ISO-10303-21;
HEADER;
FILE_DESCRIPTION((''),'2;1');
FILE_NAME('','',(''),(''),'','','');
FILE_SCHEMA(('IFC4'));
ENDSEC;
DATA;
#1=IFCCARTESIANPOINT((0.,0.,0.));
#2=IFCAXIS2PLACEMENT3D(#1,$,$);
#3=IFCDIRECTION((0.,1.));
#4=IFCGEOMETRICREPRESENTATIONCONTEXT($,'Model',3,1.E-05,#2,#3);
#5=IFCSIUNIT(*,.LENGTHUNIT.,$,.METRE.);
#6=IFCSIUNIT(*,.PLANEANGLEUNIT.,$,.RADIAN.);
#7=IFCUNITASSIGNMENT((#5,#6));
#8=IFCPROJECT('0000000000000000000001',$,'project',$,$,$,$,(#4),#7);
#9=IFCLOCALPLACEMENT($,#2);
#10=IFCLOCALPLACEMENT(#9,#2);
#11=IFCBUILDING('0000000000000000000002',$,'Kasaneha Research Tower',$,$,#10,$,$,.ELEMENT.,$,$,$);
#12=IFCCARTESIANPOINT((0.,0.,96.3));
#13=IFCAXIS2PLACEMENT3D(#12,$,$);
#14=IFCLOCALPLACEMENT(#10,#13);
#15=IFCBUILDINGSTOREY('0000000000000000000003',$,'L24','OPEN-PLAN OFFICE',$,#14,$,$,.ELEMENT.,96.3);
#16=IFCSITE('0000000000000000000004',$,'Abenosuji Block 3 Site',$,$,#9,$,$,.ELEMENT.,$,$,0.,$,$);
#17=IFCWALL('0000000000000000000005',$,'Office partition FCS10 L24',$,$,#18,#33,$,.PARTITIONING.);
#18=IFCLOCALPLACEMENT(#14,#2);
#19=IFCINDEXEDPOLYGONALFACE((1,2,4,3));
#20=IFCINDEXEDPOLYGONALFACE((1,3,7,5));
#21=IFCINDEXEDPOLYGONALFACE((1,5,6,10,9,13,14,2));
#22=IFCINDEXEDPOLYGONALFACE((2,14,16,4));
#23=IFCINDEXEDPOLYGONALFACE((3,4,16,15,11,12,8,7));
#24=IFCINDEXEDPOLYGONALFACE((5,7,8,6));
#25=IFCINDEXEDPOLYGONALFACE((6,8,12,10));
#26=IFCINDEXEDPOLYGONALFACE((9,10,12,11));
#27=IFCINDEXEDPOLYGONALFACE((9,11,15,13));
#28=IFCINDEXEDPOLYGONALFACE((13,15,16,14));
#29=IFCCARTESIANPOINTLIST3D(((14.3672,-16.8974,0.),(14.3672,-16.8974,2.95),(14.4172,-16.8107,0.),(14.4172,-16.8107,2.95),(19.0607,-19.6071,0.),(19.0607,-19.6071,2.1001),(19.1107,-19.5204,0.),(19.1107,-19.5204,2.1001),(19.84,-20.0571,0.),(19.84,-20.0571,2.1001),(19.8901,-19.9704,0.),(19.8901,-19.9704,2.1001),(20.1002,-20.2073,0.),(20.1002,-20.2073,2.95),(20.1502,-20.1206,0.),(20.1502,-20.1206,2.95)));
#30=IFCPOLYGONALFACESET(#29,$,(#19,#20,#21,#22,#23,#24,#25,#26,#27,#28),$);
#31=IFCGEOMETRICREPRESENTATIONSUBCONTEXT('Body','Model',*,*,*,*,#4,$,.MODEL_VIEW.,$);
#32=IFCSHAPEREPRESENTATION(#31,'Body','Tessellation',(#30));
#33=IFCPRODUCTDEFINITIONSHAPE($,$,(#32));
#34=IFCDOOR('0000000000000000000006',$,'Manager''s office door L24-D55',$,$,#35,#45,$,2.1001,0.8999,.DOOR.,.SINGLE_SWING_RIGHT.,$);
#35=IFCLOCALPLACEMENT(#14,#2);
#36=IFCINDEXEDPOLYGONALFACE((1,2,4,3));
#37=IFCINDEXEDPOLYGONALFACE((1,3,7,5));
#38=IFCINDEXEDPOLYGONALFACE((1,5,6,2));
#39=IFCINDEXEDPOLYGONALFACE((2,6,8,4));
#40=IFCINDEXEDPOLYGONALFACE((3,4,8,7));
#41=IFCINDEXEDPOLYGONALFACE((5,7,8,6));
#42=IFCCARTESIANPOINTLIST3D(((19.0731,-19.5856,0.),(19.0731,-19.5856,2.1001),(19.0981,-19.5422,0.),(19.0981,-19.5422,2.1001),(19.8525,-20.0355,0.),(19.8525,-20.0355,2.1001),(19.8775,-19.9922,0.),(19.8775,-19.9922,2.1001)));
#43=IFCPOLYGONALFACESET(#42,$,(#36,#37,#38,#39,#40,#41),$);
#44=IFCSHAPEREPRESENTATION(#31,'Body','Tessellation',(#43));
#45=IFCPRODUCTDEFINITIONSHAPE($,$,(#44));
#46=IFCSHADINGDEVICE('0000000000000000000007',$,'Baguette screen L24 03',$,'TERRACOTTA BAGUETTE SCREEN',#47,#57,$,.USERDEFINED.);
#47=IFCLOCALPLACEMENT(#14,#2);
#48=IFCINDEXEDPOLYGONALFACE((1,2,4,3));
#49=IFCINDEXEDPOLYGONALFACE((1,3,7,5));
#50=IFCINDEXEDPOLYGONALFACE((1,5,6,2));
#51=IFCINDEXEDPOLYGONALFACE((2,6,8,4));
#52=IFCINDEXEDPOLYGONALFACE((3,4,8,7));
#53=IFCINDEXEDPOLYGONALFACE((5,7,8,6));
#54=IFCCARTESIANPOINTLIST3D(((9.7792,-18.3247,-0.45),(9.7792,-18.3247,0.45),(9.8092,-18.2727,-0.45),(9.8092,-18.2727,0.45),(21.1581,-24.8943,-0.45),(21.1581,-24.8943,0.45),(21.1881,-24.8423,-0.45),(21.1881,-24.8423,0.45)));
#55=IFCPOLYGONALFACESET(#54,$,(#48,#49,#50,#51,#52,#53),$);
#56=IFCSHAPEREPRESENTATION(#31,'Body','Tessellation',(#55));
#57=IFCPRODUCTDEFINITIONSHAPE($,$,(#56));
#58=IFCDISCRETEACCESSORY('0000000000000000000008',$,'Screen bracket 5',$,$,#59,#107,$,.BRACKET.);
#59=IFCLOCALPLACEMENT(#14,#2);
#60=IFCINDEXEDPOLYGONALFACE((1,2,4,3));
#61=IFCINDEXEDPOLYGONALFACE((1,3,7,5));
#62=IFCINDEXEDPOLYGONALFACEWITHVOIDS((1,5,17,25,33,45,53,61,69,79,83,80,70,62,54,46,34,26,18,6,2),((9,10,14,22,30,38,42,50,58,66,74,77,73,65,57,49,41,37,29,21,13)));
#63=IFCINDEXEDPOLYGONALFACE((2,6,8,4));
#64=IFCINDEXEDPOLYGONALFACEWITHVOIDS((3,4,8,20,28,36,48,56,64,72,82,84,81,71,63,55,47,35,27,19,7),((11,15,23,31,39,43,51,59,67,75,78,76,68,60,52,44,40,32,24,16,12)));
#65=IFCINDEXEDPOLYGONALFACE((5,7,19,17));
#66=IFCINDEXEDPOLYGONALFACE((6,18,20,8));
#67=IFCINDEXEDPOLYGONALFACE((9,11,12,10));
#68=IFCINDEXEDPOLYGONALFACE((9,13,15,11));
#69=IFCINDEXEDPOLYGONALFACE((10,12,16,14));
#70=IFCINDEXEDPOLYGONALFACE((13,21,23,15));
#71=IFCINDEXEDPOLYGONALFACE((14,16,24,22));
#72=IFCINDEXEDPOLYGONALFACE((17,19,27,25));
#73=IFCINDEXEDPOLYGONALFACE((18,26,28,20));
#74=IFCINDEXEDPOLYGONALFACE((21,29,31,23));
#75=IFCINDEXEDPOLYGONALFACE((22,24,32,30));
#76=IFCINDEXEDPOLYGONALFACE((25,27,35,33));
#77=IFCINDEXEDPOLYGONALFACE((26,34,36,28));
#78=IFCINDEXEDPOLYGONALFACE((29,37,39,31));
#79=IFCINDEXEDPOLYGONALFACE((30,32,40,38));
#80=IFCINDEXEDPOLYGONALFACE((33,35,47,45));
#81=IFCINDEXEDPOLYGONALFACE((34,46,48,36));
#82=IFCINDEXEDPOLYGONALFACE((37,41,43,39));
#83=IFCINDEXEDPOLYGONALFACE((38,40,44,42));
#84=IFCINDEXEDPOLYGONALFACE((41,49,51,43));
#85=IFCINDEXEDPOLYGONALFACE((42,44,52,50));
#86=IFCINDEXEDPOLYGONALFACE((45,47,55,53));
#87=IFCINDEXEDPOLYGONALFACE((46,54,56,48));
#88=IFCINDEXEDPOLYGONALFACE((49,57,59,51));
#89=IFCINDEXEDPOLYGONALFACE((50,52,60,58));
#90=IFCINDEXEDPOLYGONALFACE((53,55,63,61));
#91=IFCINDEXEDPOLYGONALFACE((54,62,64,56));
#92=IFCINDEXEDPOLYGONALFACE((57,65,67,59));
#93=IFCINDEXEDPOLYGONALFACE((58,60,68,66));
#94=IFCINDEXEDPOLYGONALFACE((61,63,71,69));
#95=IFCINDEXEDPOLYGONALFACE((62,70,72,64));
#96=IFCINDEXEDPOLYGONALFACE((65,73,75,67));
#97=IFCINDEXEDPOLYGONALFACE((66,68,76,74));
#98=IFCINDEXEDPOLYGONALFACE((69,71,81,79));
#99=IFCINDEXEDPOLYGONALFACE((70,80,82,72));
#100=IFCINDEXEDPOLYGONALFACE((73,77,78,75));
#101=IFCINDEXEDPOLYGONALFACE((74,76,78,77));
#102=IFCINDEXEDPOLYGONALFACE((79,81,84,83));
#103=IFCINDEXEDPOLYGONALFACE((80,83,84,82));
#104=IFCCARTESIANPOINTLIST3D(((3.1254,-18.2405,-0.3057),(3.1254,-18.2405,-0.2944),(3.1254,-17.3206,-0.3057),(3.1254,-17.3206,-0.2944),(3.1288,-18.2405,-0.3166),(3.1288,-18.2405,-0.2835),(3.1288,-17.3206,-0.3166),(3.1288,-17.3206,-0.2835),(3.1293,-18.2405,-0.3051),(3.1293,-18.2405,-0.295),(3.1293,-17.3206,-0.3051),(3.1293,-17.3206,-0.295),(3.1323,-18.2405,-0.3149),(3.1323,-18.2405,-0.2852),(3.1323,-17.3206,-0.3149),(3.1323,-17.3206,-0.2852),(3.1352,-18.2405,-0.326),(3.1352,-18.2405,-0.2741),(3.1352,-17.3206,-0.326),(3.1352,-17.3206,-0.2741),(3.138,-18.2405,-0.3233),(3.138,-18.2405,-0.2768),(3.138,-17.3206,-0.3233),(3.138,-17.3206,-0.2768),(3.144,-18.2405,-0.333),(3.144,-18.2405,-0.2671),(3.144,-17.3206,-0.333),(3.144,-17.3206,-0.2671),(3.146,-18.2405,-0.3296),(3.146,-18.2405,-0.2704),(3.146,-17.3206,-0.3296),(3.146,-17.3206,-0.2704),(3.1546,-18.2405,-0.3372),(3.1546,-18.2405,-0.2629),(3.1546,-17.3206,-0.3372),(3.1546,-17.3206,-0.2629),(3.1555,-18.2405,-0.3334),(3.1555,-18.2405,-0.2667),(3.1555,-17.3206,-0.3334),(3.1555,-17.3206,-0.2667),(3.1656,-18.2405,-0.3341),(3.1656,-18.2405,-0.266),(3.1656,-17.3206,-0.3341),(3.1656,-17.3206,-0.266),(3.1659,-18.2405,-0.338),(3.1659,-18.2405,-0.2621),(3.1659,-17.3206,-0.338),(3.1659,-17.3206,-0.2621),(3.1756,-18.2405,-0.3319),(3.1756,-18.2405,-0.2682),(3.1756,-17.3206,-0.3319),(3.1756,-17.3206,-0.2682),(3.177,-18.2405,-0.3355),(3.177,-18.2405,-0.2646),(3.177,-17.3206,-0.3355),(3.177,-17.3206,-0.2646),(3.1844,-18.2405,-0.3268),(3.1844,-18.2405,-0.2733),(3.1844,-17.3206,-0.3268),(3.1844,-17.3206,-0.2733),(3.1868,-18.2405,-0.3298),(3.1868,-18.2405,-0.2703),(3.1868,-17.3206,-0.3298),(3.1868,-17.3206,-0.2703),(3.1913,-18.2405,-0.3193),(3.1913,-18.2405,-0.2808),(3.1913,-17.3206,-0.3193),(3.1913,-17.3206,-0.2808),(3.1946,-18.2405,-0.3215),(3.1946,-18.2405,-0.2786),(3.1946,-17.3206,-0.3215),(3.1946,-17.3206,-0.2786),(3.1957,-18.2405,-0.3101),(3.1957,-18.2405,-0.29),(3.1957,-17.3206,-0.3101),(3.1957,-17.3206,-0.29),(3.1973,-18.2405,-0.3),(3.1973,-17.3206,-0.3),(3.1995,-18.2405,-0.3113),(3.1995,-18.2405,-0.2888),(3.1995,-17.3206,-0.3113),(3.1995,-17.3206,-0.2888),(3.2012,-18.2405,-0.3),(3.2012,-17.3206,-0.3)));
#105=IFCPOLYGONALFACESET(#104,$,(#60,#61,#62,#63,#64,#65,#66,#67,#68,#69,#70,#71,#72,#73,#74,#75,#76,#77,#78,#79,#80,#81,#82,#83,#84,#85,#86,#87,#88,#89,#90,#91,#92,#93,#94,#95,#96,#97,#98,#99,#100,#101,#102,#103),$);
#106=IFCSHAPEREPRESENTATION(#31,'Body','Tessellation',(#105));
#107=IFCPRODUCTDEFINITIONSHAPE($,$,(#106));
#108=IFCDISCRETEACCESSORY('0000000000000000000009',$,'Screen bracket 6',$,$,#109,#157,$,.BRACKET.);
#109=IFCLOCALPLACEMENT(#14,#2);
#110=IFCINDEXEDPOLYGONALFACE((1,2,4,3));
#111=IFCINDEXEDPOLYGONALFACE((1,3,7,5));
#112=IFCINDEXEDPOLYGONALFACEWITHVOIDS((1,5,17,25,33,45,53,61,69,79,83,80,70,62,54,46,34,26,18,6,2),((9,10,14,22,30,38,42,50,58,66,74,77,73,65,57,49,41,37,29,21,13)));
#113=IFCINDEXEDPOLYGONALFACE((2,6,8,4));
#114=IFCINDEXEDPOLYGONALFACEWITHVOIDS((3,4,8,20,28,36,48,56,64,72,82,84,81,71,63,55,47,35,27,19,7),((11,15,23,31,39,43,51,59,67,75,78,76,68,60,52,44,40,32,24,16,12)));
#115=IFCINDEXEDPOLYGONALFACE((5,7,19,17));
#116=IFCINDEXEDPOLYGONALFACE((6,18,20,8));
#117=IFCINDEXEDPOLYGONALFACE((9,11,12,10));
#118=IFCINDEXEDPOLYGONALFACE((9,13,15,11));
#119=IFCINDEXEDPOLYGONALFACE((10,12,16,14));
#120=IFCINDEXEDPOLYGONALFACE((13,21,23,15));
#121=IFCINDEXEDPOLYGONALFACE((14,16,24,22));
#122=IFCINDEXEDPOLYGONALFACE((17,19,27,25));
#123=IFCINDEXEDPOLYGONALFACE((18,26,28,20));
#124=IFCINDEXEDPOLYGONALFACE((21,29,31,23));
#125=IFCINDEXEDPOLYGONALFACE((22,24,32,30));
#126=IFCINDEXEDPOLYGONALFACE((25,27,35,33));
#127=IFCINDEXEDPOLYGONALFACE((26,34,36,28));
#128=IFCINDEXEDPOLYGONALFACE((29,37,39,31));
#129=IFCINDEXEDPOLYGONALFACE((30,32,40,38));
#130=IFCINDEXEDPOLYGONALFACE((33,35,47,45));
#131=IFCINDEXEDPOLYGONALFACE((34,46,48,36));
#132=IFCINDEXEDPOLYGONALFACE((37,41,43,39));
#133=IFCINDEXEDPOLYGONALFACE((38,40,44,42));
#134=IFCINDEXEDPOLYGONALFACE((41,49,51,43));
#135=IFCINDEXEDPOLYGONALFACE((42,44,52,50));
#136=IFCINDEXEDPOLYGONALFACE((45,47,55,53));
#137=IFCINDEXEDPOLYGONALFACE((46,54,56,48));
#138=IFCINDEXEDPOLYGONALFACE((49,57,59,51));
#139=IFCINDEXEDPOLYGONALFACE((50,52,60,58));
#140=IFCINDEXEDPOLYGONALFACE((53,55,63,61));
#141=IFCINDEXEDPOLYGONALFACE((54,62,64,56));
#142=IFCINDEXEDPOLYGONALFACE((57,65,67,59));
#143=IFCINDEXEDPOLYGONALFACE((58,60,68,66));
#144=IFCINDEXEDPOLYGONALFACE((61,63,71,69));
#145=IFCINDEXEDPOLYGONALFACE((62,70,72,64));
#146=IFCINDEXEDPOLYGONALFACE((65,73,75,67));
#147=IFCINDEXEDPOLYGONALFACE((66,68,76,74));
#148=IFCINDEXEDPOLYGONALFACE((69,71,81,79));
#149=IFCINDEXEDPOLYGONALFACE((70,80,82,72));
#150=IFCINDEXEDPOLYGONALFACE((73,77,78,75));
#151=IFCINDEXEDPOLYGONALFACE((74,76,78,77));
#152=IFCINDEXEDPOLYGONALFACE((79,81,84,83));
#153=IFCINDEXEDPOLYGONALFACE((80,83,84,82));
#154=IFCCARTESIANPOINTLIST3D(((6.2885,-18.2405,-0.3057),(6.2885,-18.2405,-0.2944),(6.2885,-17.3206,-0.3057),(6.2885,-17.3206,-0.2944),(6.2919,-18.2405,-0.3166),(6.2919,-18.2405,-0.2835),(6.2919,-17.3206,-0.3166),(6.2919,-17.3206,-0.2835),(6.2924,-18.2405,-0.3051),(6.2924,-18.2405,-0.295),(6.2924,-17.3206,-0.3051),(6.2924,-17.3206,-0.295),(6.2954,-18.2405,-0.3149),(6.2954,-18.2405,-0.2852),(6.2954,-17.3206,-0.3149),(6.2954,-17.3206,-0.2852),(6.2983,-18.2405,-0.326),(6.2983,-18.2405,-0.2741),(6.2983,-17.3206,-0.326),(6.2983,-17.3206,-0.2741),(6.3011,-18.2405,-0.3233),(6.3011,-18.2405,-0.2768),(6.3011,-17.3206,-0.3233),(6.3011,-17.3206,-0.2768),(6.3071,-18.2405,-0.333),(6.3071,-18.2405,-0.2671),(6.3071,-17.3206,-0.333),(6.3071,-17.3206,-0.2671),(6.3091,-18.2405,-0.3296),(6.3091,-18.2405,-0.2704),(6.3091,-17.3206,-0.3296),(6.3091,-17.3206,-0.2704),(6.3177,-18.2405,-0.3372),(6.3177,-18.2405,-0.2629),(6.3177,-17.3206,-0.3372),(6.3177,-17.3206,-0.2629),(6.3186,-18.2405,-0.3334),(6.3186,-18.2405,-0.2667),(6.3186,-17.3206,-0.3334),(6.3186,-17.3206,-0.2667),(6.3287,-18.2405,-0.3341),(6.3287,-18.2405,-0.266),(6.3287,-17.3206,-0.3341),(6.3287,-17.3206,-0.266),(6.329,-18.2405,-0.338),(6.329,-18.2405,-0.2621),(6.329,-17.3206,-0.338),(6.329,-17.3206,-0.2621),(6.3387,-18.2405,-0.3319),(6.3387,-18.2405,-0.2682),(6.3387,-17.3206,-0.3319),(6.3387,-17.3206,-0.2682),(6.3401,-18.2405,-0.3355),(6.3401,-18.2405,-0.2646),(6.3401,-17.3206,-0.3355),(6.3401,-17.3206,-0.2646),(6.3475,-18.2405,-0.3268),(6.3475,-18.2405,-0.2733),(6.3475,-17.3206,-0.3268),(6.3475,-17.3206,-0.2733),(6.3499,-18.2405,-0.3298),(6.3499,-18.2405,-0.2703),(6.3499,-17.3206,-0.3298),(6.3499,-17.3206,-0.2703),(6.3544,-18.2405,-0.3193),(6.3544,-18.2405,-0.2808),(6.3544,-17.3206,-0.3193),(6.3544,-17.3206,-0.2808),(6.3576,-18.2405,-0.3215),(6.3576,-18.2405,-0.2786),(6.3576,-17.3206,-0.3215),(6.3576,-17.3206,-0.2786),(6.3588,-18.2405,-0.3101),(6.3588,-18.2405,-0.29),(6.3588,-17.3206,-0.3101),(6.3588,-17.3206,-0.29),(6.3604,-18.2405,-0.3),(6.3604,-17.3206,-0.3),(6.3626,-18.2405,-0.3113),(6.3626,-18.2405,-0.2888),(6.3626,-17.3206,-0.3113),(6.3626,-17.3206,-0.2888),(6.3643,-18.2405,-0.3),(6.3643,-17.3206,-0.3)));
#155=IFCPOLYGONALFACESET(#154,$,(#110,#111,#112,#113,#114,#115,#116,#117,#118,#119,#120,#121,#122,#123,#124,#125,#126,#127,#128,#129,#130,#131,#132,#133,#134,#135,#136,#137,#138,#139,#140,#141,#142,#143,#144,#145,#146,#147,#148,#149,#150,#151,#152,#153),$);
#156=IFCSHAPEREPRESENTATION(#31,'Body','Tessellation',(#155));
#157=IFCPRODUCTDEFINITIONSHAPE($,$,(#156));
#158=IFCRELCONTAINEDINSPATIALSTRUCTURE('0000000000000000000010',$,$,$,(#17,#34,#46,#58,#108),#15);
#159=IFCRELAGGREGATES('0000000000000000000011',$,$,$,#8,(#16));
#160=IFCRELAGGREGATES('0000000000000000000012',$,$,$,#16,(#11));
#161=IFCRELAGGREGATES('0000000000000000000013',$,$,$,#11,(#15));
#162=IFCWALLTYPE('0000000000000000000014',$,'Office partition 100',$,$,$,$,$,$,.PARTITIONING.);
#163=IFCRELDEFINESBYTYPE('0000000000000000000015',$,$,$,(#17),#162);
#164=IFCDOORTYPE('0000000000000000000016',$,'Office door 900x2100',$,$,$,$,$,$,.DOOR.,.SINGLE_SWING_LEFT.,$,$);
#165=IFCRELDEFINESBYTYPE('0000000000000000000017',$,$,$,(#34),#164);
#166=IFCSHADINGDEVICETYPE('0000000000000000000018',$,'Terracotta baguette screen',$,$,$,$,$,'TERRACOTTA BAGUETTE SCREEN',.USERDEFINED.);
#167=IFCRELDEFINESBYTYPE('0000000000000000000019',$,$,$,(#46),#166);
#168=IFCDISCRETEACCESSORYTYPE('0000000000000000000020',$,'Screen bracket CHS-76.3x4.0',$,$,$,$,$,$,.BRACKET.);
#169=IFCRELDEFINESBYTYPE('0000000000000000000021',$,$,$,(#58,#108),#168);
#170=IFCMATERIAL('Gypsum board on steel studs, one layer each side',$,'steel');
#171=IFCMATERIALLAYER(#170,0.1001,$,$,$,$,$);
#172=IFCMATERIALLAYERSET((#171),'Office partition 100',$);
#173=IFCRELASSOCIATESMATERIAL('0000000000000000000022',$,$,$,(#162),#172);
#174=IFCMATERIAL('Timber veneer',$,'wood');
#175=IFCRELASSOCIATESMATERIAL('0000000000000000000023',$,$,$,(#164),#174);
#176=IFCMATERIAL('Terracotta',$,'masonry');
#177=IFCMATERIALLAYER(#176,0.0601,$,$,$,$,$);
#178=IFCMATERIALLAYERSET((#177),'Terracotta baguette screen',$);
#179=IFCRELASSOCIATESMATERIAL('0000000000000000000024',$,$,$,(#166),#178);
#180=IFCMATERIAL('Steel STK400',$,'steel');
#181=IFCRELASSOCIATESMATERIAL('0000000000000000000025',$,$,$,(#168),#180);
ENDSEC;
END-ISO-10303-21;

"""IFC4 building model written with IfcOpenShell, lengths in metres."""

from ifc_helpers import new_model, si_unit, direction, frame, frame_2d, origin, origin_2d, place, context, subcontext, project, spatial, rectangle, hollow_circle, extrude, material, layer, layer_set, material_profile, profile_set, type_object, element, fill, save


model = new_model("IFC4")

# Units and contexts
model_context = context("Model", 3, precision=1e-05, world=origin(), true_north=direction((0.0, 1.0)))
body_context = subcontext(model_context, "Body", "Model", "MODEL_VIEW")
ifc_project = project(units=[si_unit("LENGTHUNIT", "METRE"), si_unit("PLANEANGLEUNIT", "RADIAN")], contexts=[model_context])

# Site, building, storey
site_placement = place(None, origin())
site = spatial("IfcSite", under=ifc_project, at=site_placement, Name="Abenosuji Block 3 Site", CompositionType="ELEMENT", RefElevation=0.0)
building_placement = place(site_placement, origin())
building = spatial("IfcBuilding", under=site, at=building_placement, Name="Kasaneha Research Tower", CompositionType="ELEMENT")
storey_placement = place(building_placement, frame((0.0, 0.0, 96.3)))
storey = spatial("IfcBuildingStorey", under=building, at=storey_placement, Name="L24", Description="OPEN-PLAN OFFICE", CompositionType="ELEMENT", Elevation=96.3)

# Shared definitions
ifc_material_1 = material(Name="Gypsum board on steel studs, one layer each side", Category="steel")
ifc_layer_1 = layer(ifc_material_1, 0.1001)
ifc_layer_set_1 = layer_set([ifc_layer_1], Name="Office partition 100")
wall_type = type_object("IfcWallType", Name="Office partition 100", PredefinedType="PARTITIONING", material=ifc_layer_set_1)

# Wall, opening, door
wall_1_placement = place(storey_placement, frame((14.3921, -16.854, 0.0), z_axis=(0.0, 0.0, 1.0), x_axis=(0.866031, -0.499991, 0.0)))
wall_1 = element("IfcWall", 1, at=wall_1_placement, inside=storey, type_object=wall_type, Name="Office partition FCS10 L24", PredefinedType="PARTITIONING", context=body_context, shape_type="SweptSolid", body=[
    extrude(rectangle(XDim=6.6199, YDim=0.1001, at=frame_2d((3.3101, 0.0))), origin(), (0.0, 0.0, 1.0), 2.95),
])
opening_placement = place(wall_1_placement, frame((5.4197, 0.0, 0.0)))
opening = element("IfcOpeningElement", 2, at=opening_placement, cuts=wall_1, PredefinedType="OPENING", context=body_context, shape_type="SweptSolid", body=[
    extrude(rectangle(XDim=0.8999, YDim=2.1001, at=frame_2d((0.45, 1.05))), frame((0.0, 0.0601, 0.0), z_axis=(0.0, -1.0, 0.0), x_axis=(1.0, 0.0, 0.0)), (0.0, 0.0, 1.0), 0.1201),
])
ifc_material_2 = material(Name="Timber veneer", Category="wood")
door_type = type_object("IfcDoorType", Name="Office door 900x2100", OperationType="SINGLE_SWING_LEFT", PredefinedType="DOOR", material=ifc_material_2)
door_placement = place(opening_placement, origin())
door = element("IfcDoor", 3, at=door_placement, inside=storey, type_object=door_type, Name="Manager's office door L24-D55", OperationType="SINGLE_SWING_RIGHT", OverallHeight=2.1001, OverallWidth=0.8999, PredefinedType="DOOR", context=body_context, shape_type="SweptSolid", body=[
    extrude(rectangle(XDim=0.8999, YDim=2.1001, at=frame_2d((0.45, 1.05))), frame((0.0, 0.0249, 0.0), z_axis=(0.0, -1.0, 0.0), x_axis=(1.0, 0.0, 0.0)), (0.0, 0.0, 1.0), 0.05),
])
fill(opening, door)

# Shading device
ifc_material_3 = material(Name="Terracotta", Category="masonry")
ifc_layer_2 = layer(ifc_material_3, 0.0601)
ifc_layer_set_2 = layer_set([ifc_layer_2], Name="Terracotta baguette screen")
shading_device_type = type_object("IfcShadingDeviceType", Name="Terracotta baguette screen", ElementType="TERRACOTTA BAGUETTE SCREEN", PredefinedType="USERDEFINED", material=ifc_layer_set_2)
shading_device_placement = place(storey_placement, frame((15.4836, -21.5835, -0.45), z_axis=(0.0, 0.0, 1.0), x_axis=(0.866025, -0.5, 0.0)))
element("IfcShadingDevice", 4, at=shading_device_placement, inside=storey, type_object=shading_device_type, Name="Baguette screen L24 03", ObjectType="TERRACOTTA BAGUETTE SCREEN", PredefinedType="USERDEFINED", context=body_context, shape_type="SweptSolid", body=[
    extrude(rectangle(XDim=13.1392, YDim=0.0601, at=origin_2d()), origin(), (0.0, 0.0, 1.0), 0.8999),
])

# Discrete accessories
ifc_material_4 = material(Name="Steel STK400", Category="steel")
ifc_material_profile_1 = material_profile(ifc_material_4, hollow_circle(Radius=0.0381, WallThickness=0.0039, at=origin_2d()), Name="CHS-76.3x4.0")
ifc_profile_set_1 = profile_set([ifc_material_profile_1], Name="Steel STK400")
discrete_accessory_type = type_object("IfcDiscreteAccessoryType", Name="Screen bracket CHS-76.3x4.0", PredefinedType="BRACKET", material=ifc_profile_set_1)
for number, where, z_axis, x_axis, name in (
    (5, (3.1631, -17.3206, -0.3), (0.0, -1.0, 0.0), (1.0, 0.0, 0.0), "Screen bracket 5"),
    (6, (6.3262, -17.3206, -0.3), (0.0, -1.0, 0.0), (1.0, 0.0, 0.0), "Screen bracket 6"),
):
    element("IfcDiscreteAccessory", number, at=place(storey_placement, frame(where, z_axis=z_axis, x_axis=x_axis)), inside=storey, type_object=discrete_accessory_type, Name=name, PredefinedType="BRACKET", context=body_context, shape_type="SweptSolid", body=[
        extrude(hollow_circle(Radius=0.0381, WallThickness=0.0039, at=origin_2d()), origin(), (0.0, 0.0, 1.0), 0.9199),
    ])

save(model, "model.ifc")
